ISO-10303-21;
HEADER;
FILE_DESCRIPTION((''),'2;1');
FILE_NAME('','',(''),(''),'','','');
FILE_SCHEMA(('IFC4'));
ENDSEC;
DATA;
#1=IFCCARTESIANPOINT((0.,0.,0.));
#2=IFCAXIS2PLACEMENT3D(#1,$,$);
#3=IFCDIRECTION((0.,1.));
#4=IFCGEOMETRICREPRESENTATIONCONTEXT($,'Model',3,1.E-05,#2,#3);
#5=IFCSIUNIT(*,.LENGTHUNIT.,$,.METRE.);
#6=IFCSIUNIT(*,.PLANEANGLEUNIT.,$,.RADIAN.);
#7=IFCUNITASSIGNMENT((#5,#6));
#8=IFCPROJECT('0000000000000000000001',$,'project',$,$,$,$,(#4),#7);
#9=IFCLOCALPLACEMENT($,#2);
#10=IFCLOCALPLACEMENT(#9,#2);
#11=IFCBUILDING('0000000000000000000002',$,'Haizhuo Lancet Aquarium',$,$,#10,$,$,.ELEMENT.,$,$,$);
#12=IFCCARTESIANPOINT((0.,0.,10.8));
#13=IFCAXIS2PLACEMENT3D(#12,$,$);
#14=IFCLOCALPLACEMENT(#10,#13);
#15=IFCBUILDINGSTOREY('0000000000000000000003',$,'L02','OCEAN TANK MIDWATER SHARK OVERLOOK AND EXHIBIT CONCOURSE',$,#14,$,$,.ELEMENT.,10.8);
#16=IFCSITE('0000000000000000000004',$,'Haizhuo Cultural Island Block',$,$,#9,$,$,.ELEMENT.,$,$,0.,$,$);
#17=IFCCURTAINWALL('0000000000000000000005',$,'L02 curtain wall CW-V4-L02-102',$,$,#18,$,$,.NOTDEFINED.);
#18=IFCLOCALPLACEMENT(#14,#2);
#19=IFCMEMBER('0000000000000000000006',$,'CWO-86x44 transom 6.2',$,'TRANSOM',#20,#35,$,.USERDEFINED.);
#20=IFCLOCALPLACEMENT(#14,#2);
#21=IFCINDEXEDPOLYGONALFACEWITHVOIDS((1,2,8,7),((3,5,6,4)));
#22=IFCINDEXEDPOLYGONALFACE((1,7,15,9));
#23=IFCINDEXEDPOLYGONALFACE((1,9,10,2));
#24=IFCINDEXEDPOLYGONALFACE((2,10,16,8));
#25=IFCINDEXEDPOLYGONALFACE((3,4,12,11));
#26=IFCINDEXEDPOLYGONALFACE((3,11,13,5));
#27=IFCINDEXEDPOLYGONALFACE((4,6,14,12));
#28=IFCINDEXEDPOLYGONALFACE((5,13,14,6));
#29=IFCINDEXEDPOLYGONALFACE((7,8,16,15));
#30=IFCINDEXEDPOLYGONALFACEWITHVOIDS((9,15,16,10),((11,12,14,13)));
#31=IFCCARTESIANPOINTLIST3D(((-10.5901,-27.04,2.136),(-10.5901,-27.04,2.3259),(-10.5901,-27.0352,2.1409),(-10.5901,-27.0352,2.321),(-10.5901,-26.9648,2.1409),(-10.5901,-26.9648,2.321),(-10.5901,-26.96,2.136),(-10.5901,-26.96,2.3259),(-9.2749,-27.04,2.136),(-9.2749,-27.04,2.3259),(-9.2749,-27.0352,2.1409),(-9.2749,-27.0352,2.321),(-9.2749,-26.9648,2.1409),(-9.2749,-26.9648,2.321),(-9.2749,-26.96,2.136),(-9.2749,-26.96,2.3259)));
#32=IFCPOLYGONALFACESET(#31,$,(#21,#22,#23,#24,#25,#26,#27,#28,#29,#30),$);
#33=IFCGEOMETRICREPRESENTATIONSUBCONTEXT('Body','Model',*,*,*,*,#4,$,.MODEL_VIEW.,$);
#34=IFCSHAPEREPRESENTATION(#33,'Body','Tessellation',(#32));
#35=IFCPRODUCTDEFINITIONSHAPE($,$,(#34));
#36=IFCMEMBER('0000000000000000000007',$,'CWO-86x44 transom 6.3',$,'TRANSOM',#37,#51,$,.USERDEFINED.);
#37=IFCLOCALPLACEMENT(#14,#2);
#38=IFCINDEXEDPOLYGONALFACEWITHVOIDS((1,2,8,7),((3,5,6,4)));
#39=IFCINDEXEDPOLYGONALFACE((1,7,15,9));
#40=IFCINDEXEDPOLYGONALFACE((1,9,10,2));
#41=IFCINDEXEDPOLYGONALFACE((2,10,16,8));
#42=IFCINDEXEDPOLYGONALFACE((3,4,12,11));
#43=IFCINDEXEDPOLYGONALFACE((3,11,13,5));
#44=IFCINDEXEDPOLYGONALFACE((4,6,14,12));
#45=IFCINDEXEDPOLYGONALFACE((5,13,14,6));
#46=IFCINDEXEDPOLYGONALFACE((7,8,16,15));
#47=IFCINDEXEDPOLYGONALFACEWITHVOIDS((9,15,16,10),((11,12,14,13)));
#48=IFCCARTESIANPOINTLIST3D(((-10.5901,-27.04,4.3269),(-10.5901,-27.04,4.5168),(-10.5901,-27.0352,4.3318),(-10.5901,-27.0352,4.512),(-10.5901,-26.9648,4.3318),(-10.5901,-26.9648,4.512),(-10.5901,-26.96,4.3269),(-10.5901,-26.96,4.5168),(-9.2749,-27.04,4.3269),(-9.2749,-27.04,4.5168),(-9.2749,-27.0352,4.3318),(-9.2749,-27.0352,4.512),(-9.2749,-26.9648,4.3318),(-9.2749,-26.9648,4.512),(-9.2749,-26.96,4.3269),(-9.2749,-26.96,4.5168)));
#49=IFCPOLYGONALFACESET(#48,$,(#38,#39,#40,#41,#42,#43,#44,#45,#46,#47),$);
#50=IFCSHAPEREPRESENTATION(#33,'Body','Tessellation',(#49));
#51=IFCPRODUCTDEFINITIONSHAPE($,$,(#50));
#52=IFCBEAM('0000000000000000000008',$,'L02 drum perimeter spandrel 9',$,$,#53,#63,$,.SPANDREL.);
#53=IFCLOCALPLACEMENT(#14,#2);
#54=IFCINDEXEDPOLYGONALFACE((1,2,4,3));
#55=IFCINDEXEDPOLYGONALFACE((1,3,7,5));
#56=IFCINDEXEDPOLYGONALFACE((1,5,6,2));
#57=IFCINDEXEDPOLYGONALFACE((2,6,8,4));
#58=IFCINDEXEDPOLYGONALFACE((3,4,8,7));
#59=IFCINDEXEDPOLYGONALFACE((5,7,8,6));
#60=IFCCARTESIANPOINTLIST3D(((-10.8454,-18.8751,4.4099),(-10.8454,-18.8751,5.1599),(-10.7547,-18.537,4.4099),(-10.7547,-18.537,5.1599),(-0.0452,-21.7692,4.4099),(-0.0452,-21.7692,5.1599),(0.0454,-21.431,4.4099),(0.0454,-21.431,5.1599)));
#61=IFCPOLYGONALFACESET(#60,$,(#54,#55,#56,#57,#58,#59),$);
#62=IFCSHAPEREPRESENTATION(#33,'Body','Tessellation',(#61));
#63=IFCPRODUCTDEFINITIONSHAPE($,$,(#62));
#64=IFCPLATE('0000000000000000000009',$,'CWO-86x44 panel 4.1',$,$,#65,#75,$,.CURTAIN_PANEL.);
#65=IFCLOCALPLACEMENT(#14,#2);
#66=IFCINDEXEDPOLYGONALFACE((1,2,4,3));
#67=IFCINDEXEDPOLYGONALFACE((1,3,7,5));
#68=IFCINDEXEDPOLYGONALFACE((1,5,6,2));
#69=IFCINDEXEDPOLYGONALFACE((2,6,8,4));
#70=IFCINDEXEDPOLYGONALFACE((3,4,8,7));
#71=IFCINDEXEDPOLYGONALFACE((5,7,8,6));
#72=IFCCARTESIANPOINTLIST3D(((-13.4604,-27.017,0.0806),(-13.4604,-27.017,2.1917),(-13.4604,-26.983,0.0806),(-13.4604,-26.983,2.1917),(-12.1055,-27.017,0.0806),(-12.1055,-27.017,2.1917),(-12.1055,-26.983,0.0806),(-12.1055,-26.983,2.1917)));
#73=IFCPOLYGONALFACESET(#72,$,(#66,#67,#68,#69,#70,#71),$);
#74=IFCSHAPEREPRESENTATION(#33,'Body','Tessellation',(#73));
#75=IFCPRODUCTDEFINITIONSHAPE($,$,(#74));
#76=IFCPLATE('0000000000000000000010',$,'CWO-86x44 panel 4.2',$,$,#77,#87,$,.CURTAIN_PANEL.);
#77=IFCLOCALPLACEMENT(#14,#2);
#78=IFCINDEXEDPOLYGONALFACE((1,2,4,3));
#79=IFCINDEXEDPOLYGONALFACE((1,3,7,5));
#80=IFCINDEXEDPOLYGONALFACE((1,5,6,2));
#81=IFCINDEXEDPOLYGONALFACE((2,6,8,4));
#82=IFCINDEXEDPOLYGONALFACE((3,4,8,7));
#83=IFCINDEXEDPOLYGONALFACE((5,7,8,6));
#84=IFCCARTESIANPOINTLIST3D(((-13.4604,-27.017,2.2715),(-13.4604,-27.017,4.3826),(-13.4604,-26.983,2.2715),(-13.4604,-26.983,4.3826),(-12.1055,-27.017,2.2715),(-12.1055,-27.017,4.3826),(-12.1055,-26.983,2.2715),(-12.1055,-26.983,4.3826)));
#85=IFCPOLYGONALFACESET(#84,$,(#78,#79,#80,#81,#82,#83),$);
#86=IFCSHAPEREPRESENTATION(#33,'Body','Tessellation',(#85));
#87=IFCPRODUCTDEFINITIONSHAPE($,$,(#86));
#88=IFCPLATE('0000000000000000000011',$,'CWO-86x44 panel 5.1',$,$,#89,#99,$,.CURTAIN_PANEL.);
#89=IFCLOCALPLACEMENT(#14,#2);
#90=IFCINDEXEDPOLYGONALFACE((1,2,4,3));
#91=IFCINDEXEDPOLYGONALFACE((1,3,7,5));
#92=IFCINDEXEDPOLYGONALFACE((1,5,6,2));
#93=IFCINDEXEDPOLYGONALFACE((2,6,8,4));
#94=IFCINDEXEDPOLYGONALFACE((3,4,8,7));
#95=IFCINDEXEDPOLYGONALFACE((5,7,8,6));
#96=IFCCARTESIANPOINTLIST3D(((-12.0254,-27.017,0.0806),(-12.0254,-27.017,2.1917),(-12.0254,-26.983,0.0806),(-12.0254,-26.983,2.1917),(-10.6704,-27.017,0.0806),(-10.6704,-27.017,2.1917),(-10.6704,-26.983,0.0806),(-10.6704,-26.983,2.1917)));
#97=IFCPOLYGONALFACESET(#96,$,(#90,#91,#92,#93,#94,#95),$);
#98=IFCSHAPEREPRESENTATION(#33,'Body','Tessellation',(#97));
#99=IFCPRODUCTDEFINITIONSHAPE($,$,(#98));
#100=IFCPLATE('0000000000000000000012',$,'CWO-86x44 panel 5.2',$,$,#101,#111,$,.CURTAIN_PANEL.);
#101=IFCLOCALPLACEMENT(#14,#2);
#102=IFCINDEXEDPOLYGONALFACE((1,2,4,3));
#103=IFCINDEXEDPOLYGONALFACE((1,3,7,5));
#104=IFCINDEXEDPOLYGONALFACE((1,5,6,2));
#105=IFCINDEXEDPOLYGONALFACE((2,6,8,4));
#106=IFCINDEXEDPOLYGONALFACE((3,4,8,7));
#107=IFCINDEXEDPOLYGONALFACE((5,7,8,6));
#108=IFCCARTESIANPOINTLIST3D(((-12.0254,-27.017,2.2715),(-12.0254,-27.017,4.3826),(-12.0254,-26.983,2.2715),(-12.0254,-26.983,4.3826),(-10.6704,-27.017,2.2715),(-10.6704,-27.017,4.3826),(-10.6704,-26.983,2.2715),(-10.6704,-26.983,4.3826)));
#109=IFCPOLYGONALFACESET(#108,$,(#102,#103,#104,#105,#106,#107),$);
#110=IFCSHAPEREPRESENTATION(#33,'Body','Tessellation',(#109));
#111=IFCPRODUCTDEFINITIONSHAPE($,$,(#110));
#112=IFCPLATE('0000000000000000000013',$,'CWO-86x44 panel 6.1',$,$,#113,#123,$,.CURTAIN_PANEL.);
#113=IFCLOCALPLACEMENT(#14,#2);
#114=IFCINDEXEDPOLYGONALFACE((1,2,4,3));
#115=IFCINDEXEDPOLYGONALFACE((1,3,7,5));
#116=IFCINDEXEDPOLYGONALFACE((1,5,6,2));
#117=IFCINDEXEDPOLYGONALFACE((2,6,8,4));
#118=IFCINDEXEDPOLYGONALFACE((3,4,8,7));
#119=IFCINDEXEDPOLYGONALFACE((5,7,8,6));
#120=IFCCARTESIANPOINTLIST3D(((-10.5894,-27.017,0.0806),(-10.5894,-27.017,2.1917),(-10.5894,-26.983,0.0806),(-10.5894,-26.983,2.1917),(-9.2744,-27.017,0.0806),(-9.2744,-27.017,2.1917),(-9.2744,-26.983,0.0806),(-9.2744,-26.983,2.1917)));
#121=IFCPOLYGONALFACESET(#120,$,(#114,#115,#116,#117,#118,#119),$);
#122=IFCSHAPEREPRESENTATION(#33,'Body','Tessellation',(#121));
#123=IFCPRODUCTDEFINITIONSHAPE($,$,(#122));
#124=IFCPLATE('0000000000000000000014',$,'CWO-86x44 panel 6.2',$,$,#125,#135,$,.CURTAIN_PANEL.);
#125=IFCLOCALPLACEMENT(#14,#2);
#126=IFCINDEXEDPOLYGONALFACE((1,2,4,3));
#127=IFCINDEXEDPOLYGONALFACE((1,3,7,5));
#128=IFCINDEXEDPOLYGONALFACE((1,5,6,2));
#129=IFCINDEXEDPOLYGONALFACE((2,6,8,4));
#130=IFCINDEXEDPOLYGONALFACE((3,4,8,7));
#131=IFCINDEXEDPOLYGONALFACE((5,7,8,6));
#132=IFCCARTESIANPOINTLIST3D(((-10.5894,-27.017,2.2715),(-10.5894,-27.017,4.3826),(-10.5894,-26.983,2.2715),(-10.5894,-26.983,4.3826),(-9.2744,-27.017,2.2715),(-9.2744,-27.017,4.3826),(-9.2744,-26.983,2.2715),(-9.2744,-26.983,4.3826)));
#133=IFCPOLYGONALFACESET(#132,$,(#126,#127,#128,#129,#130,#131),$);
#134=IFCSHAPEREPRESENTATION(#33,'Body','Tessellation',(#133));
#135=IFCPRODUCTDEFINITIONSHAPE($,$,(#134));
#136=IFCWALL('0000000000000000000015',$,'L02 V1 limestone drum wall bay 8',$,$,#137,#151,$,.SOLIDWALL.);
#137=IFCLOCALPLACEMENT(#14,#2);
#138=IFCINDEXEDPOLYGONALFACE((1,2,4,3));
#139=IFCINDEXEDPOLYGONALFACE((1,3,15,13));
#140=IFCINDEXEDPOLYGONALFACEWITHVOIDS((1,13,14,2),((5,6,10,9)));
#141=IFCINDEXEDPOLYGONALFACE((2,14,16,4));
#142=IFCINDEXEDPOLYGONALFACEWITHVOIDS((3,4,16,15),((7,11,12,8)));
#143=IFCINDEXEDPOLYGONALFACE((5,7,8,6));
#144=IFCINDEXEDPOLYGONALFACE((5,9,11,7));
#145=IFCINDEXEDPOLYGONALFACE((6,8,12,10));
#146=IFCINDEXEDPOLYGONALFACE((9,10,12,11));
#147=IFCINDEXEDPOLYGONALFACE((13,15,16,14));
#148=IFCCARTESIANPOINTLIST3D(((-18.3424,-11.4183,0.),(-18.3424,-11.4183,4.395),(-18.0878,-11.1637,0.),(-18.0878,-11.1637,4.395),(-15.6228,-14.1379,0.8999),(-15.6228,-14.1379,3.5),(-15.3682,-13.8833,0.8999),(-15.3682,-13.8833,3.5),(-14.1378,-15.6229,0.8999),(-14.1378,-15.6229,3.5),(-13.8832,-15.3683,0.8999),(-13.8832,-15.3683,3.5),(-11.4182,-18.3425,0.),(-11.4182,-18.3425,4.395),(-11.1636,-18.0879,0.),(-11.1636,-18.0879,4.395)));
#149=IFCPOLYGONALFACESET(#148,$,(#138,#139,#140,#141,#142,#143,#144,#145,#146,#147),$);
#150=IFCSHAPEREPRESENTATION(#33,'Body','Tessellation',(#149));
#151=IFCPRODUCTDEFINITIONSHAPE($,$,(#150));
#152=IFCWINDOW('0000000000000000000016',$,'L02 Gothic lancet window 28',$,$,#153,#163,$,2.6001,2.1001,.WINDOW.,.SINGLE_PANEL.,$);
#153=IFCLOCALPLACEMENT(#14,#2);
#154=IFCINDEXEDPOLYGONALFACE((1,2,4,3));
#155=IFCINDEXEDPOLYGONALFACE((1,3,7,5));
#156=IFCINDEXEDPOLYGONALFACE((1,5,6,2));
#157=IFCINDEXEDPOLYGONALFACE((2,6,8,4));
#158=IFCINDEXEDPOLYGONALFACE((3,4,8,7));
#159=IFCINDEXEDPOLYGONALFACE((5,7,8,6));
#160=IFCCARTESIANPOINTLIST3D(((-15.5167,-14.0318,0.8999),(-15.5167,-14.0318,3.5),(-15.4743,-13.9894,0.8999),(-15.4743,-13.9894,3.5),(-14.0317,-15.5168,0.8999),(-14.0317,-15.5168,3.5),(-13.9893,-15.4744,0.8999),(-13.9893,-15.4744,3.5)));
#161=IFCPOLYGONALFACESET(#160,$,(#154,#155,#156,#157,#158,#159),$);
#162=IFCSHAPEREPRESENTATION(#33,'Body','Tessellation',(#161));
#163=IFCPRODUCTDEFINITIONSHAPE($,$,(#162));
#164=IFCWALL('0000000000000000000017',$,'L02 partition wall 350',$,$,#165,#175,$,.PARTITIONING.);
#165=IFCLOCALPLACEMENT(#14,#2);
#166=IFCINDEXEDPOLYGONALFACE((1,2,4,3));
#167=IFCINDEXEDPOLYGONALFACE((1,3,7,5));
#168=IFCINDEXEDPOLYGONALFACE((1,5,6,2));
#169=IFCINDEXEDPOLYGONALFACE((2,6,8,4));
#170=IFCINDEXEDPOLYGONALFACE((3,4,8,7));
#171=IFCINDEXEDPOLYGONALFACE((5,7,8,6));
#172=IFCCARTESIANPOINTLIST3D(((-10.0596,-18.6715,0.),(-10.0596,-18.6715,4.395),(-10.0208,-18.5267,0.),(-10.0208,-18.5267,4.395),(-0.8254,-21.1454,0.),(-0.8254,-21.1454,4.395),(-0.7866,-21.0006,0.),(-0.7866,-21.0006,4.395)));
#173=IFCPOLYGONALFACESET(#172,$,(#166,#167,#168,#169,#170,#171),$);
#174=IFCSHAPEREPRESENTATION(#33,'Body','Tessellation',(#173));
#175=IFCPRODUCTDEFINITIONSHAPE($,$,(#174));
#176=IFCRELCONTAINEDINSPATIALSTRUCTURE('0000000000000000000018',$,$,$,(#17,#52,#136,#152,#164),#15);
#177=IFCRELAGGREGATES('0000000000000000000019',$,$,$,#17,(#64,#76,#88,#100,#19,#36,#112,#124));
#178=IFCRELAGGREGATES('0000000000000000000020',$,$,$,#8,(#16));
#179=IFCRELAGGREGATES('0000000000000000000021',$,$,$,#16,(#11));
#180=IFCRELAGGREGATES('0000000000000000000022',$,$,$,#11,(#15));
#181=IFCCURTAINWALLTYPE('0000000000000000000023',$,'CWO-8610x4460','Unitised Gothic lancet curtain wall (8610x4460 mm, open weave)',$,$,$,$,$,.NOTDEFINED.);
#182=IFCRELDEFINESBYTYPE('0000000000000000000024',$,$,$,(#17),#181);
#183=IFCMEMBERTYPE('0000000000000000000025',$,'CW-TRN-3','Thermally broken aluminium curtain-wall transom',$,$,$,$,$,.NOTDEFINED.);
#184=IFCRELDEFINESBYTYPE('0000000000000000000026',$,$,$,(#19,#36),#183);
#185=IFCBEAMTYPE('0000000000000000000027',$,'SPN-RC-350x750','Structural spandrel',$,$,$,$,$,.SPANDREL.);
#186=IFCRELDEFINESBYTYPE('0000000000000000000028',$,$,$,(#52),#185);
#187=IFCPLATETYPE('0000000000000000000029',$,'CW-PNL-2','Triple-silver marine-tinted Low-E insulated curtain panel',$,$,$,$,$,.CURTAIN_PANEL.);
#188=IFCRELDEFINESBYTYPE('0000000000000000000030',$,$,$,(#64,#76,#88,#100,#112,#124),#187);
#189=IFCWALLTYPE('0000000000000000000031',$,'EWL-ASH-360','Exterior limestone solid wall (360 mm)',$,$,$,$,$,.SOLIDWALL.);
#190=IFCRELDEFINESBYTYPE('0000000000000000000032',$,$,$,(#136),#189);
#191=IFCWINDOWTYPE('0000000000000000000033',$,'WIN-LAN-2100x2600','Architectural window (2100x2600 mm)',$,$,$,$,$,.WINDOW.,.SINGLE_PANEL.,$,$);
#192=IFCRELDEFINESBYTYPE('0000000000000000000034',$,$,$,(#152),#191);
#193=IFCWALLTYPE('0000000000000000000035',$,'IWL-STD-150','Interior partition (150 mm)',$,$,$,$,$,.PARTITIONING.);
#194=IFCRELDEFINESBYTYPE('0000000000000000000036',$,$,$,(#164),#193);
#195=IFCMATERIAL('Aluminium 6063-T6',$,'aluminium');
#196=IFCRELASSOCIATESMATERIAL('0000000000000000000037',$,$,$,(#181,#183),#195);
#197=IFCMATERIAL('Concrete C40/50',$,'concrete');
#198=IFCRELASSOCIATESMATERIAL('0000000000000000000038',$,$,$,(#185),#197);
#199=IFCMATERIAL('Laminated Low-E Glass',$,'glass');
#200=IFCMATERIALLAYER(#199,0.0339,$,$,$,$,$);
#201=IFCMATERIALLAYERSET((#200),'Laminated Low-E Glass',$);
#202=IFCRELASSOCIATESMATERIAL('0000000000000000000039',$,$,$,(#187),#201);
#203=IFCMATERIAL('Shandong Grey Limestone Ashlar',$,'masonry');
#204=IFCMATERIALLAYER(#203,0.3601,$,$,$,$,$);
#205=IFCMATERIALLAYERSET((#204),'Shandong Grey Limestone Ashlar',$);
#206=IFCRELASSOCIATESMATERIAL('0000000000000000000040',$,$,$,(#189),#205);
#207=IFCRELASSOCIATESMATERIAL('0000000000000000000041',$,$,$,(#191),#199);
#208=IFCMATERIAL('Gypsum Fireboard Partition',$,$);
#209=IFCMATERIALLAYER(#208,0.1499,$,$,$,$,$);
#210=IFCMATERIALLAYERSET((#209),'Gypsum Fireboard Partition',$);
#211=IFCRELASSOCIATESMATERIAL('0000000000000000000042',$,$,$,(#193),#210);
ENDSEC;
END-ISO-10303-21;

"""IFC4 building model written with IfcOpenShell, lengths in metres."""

from ifc_helpers import new_model, si_unit, direction, frame, frame_2d, origin, origin_2d, place, context, subcontext, project, spatial, rectangle, hollow_rectangle, extrude, material, layer, layer_set, material_profile, profile_set, type_object, element, fill, aggregate, save


model = new_model("IFC4")

# Units and contexts
model_context = context("Model", 3, precision=1e-05, world=origin(), true_north=direction((0.0, 1.0)))
body_context = subcontext(model_context, "Body", "Model", "MODEL_VIEW")
ifc_project = project(units=[si_unit("LENGTHUNIT", "METRE"), si_unit("PLANEANGLEUNIT", "RADIAN")], contexts=[model_context])

# Site, building, storey
site_placement = place(None, origin())
site = spatial("IfcSite", under=ifc_project, at=site_placement, Name="Haizhuo Cultural Island Block", CompositionType="ELEMENT", RefElevation=0.0)
building_placement = place(site_placement, origin())
building = spatial("IfcBuilding", under=site, at=building_placement, Name="Haizhuo Lancet Aquarium", CompositionType="ELEMENT")
storey_placement = place(building_placement, frame((0.0, 0.0, 10.8)))
storey = spatial("IfcBuildingStorey", under=building, at=storey_placement, Name="L02", Description="OCEAN TANK MIDWATER SHARK OVERLOOK AND EXHIBIT CONCOURSE", CompositionType="ELEMENT", Elevation=10.8)

# Curtain wall, members
ifc_material_1 = material(Name="Aluminium 6063-T6", Category="aluminium")
curtain_wall_type = type_object("IfcCurtainWallType", Name="CWO-8610x4460", Description="Unitised Gothic lancet curtain wall (8610x4460 mm, open weave)", PredefinedType="NOTDEFINED", material=ifc_material_1)
curtain_wall_placement = place(storey_placement, origin())
curtain_wall = element("IfcCurtainWall", 1, at=curtain_wall_placement, inside=storey, type_object=curtain_wall_type, Name="L02 curtain wall CW-V4-L02-102", PredefinedType="NOTDEFINED")
ifc_material_profile_1 = material_profile(ifc_material_1, hollow_rectangle(XDim=0.0801, YDim=0.1899, WallThickness=0.0049, at=origin_2d()), Name="ALU-T 80x190x5")
ifc_profile_set_1 = profile_set([ifc_material_profile_1], Name="Aluminium 6063-T6")
member_type_1 = type_object("IfcMemberType", Name="CW-TRN-3", Description="Thermally broken aluminium curtain-wall transom", PredefinedType="NOTDEFINED", material=ifc_profile_set_1)
member_1_placement = place(storey_placement, frame((-10.5901, -27.0, 2.231), z_axis=(1.0, 0.0, 0.0), x_axis=(0.0, 1.0, 0.0)))
member_1 = element("IfcMember", 2, at=member_1_placement, type_object=member_type_1, Name="CWO-86x44 transom 6.2", ObjectType="TRANSOM", PredefinedType="USERDEFINED", context=body_context, shape_type="SweptSolid", body=[
    extrude(hollow_rectangle(XDim=0.0801, YDim=0.1899, WallThickness=0.0049, at=origin_2d()), origin(), (0.0, 0.0, 1.0), 1.3152),
])
member_2_placement = place(storey_placement, frame((-10.5901, -27.0, 4.4219), z_axis=(1.0, 0.0, 0.0), x_axis=(0.0, 1.0, 0.0)))
member_2 = element("IfcMember", 3, at=member_2_placement, type_object=member_type_1, Name="CWO-86x44 transom 6.3", ObjectType="TRANSOM", PredefinedType="USERDEFINED", context=body_context, shape_type="SweptSolid", body=[
    extrude(hollow_rectangle(XDim=0.0801, YDim=0.1899, WallThickness=0.0049, at=origin_2d()), origin(), (0.0, 0.0, 1.0), 1.3152),
])

# Beam
ifc_material_2 = material(Name="Concrete C40/50", Category="concrete")
ifc_material_profile_2 = material_profile(ifc_material_2, rectangle(XDim=0.3501, YDim=0.75, at=origin_2d()), Name="RC-SP 350x750")
ifc_profile_set_2 = profile_set([ifc_material_profile_2], Name="Concrete C40/50")
beam_type = type_object("IfcBeamType", Name="SPN-RC-350x750", Description="Structural spandrel", PredefinedType="SPANDREL", material=ifc_profile_set_2)
beam_placement = place(storey_placement, frame((-10.8, -18.7061, 4.7849), z_axis=(0.965922, -0.258834, 0.0), x_axis=(0.258834, 0.965922, 0.0)))
element("IfcBeam", 4, at=beam_placement, inside=storey, type_object=beam_type, Name="L02 drum perimeter spandrel 9", PredefinedType="SPANDREL", context=body_context, shape_type="SweptSolid", body=[
    extrude(rectangle(XDim=0.3501, YDim=0.75, at=origin_2d()), origin(), (0.0, 0.0, 1.0), 11.1812),
])

# Plates
ifc_material_3 = material(Name="Laminated Low-E Glass", Category="glass")
ifc_layer_1 = layer(ifc_material_3, 0.0339)
ifc_layer_set_1 = layer_set([ifc_layer_1], Name="Laminated Low-E Glass")
plate_type = type_object("IfcPlateType", Name="CW-PNL-2", Description="Triple-silver marine-tinted Low-E insulated curtain panel", PredefinedType="CURTAIN_PANEL", material=ifc_layer_set_1)
plate_1_placement = place(storey_placement, frame((-12.783, -27.0, 0.0806), z_axis=(0.0, 0.0, 1.0), x_axis=(1.0, 0.0, 0.0)))
plate_1 = element("IfcPlate", 5, at=plate_1_placement, type_object=plate_type, Name="CWO-86x44 panel 4.1", PredefinedType="CURTAIN_PANEL", context=body_context, shape_type="SweptSolid", body=[
    extrude(rectangle(XDim=1.355, YDim=0.0339, at=origin_2d()), origin(), (0.0, 0.0, 1.0), 2.1111),
])
plate_2_placement = place(storey_placement, frame((-12.783, -27.0, 2.2715), z_axis=(0.0, 0.0, 1.0), x_axis=(1.0, 0.0, 0.0)))
plate_2 = element("IfcPlate", 6, at=plate_2_placement, type_object=plate_type, Name="CWO-86x44 panel 4.2", PredefinedType="CURTAIN_PANEL", context=body_context, shape_type="SweptSolid", body=[
    extrude(rectangle(XDim=1.355, YDim=0.0339, at=origin_2d()), origin(), (0.0, 0.0, 1.0), 2.1111),
])
plate_3_placement = place(storey_placement, frame((-11.3479, -27.0, 0.0806), z_axis=(0.0, 0.0, 1.0), x_axis=(1.0, 0.0, 0.0)))
plate_3 = element("IfcPlate", 7, at=plate_3_placement, type_object=plate_type, Name="CWO-86x44 panel 5.1", PredefinedType="CURTAIN_PANEL", context=body_context, shape_type="SweptSolid", body=[
    extrude(rectangle(XDim=1.355, YDim=0.0339, at=origin_2d()), origin(), (0.0, 0.0, 1.0), 2.1111),
])
plate_4_placement = place(storey_placement, frame((-11.3479, -27.0, 2.2715), z_axis=(0.0, 0.0, 1.0), x_axis=(1.0, 0.0, 0.0)))
plate_4 = element("IfcPlate", 8, at=plate_4_placement, type_object=plate_type, Name="CWO-86x44 panel 5.2", PredefinedType="CURTAIN_PANEL", context=body_context, shape_type="SweptSolid", body=[
    extrude(rectangle(XDim=1.355, YDim=0.0339, at=origin_2d()), origin(), (0.0, 0.0, 1.0), 2.1111),
])
plate_5_placement = place(storey_placement, frame((-9.9319, -27.0, 0.0806), z_axis=(0.0, 0.0, 1.0), x_axis=(1.0, 0.0, 0.0)))
plate_5 = element("IfcPlate", 9, at=plate_5_placement, type_object=plate_type, Name="CWO-86x44 panel 6.1", PredefinedType="CURTAIN_PANEL", context=body_context, shape_type="SweptSolid", body=[
    extrude(rectangle(XDim=1.3149, YDim=0.0339, at=origin_2d()), origin(), (0.0, 0.0, 1.0), 2.1111),
])
plate_6_placement = place(storey_placement, frame((-9.9319, -27.0, 2.2715), z_axis=(0.0, 0.0, 1.0), x_axis=(1.0, 0.0, 0.0)))
plate_6 = element("IfcPlate", 10, at=plate_6_placement, type_object=plate_type, Name="CWO-86x44 panel 6.2", PredefinedType="CURTAIN_PANEL", context=body_context, shape_type="SweptSolid", body=[
    extrude(rectangle(XDim=1.3149, YDim=0.0339, at=origin_2d()), origin(), (0.0, 0.0, 1.0), 2.1111),
])
aggregate(curtain_wall, [plate_1, plate_2, plate_3, plate_4, member_1, member_2, plate_5, plate_6])

# Wall, opening, window
ifc_material_4 = material(Name="Shandong Grey Limestone Ashlar", Category="masonry")
ifc_layer_2 = layer(ifc_material_4, 0.3601)
ifc_layer_set_2 = layer_set([ifc_layer_2], Name="Shandong Grey Limestone Ashlar")
wall_type_1 = type_object("IfcWallType", Name="EWL-ASH-360", Description="Exterior limestone solid wall (360 mm)", PredefinedType="SOLIDWALL", material=ifc_layer_set_2)
wall_1_placement = place(storey_placement, frame((-11.291, -18.2151, 0.0), z_axis=(0.0, 0.0, 1.0), x_axis=(-0.707107, 0.707107, 0.0)))
wall_1 = element("IfcWall", 11, at=wall_1_placement, inside=storey, type_object=wall_type_1, Name="L02 V1 limestone drum wall bay 8", PredefinedType="SOLIDWALL", context=body_context, shape_type="SweptSolid", body=[
    extrude(rectangle(XDim=9.7922, YDim=0.3601, at=frame_2d((4.896, 0.0))), origin(), (0.0, 0.0, 1.0), 4.395),
])
opening_placement = place(wall_1_placement, frame((3.8459, 0.0, 0.8999)))
opening = element("IfcOpeningElement", 12, at=opening_placement, cuts=wall_1, PredefinedType="OPENING", context=body_context, shape_type="SweptSolid", body=[
    extrude(rectangle(XDim=2.1001, YDim=2.6001, at=frame_2d((1.05, 1.3))), frame((0.0, 0.1899, 0.0), z_axis=(0.0, -1.0, 0.0), x_axis=(1.0, 0.0, 0.0)), (0.0, 0.0, 1.0), 0.3801),
])
window_type = type_object("IfcWindowType", Name="WIN-LAN-2100x2600", Description="Architectural window (2100x2600 mm)", PartitioningType="SINGLE_PANEL", PredefinedType="WINDOW", material=ifc_material_3)
window_placement = place(opening_placement, origin())
window = element("IfcWindow", 13, at=window_placement, inside=storey, type_object=window_type, Name="L02 Gothic lancet window 28", OverallHeight=2.6001, OverallWidth=2.1001, PartitioningType="SINGLE_PANEL", PredefinedType="WINDOW", context=body_context, shape_type="SweptSolid", body=[
    extrude(rectangle(XDim=2.1001, YDim=2.6001, at=frame_2d((1.05, 1.3))), frame((0.0, 0.03, 0.0), z_axis=(0.0, -1.0, 0.0), x_axis=(1.0, 0.0, 0.0)), (0.0, 0.0, 1.0), 0.0601),
])
fill(opening, window)

# Wall
ifc_material_5 = material(Name="Gypsum Fireboard Partition")
ifc_layer_3 = layer(ifc_material_5, 0.1499)
ifc_layer_set_3 = layer_set([ifc_layer_3], Name="Gypsum Fireboard Partition")
wall_type_2 = type_object("IfcWallType", Name="IWL-STD-150", Description="Interior partition (150 mm)", PredefinedType="PARTITIONING", material=ifc_layer_set_3)
wall_2_placement = place(storey_placement, frame((-10.04, -18.5991, 0.0), z_axis=(0.0, 0.0, 1.0), x_axis=(0.965936, -0.25878, 0.0)))
element("IfcWall", 14, at=wall_2_placement, inside=storey, type_object=wall_type_2, Name="L02 partition wall 350", PredefinedType="PARTITIONING", context=body_context, shape_type="SweptSolid", body=[
    extrude(rectangle(XDim=9.5598, YDim=0.1499, at=frame_2d((4.7798, 0.0))), origin(), (0.0, 0.0, 1.0), 4.395),
])

save(model, "model.ifc")
